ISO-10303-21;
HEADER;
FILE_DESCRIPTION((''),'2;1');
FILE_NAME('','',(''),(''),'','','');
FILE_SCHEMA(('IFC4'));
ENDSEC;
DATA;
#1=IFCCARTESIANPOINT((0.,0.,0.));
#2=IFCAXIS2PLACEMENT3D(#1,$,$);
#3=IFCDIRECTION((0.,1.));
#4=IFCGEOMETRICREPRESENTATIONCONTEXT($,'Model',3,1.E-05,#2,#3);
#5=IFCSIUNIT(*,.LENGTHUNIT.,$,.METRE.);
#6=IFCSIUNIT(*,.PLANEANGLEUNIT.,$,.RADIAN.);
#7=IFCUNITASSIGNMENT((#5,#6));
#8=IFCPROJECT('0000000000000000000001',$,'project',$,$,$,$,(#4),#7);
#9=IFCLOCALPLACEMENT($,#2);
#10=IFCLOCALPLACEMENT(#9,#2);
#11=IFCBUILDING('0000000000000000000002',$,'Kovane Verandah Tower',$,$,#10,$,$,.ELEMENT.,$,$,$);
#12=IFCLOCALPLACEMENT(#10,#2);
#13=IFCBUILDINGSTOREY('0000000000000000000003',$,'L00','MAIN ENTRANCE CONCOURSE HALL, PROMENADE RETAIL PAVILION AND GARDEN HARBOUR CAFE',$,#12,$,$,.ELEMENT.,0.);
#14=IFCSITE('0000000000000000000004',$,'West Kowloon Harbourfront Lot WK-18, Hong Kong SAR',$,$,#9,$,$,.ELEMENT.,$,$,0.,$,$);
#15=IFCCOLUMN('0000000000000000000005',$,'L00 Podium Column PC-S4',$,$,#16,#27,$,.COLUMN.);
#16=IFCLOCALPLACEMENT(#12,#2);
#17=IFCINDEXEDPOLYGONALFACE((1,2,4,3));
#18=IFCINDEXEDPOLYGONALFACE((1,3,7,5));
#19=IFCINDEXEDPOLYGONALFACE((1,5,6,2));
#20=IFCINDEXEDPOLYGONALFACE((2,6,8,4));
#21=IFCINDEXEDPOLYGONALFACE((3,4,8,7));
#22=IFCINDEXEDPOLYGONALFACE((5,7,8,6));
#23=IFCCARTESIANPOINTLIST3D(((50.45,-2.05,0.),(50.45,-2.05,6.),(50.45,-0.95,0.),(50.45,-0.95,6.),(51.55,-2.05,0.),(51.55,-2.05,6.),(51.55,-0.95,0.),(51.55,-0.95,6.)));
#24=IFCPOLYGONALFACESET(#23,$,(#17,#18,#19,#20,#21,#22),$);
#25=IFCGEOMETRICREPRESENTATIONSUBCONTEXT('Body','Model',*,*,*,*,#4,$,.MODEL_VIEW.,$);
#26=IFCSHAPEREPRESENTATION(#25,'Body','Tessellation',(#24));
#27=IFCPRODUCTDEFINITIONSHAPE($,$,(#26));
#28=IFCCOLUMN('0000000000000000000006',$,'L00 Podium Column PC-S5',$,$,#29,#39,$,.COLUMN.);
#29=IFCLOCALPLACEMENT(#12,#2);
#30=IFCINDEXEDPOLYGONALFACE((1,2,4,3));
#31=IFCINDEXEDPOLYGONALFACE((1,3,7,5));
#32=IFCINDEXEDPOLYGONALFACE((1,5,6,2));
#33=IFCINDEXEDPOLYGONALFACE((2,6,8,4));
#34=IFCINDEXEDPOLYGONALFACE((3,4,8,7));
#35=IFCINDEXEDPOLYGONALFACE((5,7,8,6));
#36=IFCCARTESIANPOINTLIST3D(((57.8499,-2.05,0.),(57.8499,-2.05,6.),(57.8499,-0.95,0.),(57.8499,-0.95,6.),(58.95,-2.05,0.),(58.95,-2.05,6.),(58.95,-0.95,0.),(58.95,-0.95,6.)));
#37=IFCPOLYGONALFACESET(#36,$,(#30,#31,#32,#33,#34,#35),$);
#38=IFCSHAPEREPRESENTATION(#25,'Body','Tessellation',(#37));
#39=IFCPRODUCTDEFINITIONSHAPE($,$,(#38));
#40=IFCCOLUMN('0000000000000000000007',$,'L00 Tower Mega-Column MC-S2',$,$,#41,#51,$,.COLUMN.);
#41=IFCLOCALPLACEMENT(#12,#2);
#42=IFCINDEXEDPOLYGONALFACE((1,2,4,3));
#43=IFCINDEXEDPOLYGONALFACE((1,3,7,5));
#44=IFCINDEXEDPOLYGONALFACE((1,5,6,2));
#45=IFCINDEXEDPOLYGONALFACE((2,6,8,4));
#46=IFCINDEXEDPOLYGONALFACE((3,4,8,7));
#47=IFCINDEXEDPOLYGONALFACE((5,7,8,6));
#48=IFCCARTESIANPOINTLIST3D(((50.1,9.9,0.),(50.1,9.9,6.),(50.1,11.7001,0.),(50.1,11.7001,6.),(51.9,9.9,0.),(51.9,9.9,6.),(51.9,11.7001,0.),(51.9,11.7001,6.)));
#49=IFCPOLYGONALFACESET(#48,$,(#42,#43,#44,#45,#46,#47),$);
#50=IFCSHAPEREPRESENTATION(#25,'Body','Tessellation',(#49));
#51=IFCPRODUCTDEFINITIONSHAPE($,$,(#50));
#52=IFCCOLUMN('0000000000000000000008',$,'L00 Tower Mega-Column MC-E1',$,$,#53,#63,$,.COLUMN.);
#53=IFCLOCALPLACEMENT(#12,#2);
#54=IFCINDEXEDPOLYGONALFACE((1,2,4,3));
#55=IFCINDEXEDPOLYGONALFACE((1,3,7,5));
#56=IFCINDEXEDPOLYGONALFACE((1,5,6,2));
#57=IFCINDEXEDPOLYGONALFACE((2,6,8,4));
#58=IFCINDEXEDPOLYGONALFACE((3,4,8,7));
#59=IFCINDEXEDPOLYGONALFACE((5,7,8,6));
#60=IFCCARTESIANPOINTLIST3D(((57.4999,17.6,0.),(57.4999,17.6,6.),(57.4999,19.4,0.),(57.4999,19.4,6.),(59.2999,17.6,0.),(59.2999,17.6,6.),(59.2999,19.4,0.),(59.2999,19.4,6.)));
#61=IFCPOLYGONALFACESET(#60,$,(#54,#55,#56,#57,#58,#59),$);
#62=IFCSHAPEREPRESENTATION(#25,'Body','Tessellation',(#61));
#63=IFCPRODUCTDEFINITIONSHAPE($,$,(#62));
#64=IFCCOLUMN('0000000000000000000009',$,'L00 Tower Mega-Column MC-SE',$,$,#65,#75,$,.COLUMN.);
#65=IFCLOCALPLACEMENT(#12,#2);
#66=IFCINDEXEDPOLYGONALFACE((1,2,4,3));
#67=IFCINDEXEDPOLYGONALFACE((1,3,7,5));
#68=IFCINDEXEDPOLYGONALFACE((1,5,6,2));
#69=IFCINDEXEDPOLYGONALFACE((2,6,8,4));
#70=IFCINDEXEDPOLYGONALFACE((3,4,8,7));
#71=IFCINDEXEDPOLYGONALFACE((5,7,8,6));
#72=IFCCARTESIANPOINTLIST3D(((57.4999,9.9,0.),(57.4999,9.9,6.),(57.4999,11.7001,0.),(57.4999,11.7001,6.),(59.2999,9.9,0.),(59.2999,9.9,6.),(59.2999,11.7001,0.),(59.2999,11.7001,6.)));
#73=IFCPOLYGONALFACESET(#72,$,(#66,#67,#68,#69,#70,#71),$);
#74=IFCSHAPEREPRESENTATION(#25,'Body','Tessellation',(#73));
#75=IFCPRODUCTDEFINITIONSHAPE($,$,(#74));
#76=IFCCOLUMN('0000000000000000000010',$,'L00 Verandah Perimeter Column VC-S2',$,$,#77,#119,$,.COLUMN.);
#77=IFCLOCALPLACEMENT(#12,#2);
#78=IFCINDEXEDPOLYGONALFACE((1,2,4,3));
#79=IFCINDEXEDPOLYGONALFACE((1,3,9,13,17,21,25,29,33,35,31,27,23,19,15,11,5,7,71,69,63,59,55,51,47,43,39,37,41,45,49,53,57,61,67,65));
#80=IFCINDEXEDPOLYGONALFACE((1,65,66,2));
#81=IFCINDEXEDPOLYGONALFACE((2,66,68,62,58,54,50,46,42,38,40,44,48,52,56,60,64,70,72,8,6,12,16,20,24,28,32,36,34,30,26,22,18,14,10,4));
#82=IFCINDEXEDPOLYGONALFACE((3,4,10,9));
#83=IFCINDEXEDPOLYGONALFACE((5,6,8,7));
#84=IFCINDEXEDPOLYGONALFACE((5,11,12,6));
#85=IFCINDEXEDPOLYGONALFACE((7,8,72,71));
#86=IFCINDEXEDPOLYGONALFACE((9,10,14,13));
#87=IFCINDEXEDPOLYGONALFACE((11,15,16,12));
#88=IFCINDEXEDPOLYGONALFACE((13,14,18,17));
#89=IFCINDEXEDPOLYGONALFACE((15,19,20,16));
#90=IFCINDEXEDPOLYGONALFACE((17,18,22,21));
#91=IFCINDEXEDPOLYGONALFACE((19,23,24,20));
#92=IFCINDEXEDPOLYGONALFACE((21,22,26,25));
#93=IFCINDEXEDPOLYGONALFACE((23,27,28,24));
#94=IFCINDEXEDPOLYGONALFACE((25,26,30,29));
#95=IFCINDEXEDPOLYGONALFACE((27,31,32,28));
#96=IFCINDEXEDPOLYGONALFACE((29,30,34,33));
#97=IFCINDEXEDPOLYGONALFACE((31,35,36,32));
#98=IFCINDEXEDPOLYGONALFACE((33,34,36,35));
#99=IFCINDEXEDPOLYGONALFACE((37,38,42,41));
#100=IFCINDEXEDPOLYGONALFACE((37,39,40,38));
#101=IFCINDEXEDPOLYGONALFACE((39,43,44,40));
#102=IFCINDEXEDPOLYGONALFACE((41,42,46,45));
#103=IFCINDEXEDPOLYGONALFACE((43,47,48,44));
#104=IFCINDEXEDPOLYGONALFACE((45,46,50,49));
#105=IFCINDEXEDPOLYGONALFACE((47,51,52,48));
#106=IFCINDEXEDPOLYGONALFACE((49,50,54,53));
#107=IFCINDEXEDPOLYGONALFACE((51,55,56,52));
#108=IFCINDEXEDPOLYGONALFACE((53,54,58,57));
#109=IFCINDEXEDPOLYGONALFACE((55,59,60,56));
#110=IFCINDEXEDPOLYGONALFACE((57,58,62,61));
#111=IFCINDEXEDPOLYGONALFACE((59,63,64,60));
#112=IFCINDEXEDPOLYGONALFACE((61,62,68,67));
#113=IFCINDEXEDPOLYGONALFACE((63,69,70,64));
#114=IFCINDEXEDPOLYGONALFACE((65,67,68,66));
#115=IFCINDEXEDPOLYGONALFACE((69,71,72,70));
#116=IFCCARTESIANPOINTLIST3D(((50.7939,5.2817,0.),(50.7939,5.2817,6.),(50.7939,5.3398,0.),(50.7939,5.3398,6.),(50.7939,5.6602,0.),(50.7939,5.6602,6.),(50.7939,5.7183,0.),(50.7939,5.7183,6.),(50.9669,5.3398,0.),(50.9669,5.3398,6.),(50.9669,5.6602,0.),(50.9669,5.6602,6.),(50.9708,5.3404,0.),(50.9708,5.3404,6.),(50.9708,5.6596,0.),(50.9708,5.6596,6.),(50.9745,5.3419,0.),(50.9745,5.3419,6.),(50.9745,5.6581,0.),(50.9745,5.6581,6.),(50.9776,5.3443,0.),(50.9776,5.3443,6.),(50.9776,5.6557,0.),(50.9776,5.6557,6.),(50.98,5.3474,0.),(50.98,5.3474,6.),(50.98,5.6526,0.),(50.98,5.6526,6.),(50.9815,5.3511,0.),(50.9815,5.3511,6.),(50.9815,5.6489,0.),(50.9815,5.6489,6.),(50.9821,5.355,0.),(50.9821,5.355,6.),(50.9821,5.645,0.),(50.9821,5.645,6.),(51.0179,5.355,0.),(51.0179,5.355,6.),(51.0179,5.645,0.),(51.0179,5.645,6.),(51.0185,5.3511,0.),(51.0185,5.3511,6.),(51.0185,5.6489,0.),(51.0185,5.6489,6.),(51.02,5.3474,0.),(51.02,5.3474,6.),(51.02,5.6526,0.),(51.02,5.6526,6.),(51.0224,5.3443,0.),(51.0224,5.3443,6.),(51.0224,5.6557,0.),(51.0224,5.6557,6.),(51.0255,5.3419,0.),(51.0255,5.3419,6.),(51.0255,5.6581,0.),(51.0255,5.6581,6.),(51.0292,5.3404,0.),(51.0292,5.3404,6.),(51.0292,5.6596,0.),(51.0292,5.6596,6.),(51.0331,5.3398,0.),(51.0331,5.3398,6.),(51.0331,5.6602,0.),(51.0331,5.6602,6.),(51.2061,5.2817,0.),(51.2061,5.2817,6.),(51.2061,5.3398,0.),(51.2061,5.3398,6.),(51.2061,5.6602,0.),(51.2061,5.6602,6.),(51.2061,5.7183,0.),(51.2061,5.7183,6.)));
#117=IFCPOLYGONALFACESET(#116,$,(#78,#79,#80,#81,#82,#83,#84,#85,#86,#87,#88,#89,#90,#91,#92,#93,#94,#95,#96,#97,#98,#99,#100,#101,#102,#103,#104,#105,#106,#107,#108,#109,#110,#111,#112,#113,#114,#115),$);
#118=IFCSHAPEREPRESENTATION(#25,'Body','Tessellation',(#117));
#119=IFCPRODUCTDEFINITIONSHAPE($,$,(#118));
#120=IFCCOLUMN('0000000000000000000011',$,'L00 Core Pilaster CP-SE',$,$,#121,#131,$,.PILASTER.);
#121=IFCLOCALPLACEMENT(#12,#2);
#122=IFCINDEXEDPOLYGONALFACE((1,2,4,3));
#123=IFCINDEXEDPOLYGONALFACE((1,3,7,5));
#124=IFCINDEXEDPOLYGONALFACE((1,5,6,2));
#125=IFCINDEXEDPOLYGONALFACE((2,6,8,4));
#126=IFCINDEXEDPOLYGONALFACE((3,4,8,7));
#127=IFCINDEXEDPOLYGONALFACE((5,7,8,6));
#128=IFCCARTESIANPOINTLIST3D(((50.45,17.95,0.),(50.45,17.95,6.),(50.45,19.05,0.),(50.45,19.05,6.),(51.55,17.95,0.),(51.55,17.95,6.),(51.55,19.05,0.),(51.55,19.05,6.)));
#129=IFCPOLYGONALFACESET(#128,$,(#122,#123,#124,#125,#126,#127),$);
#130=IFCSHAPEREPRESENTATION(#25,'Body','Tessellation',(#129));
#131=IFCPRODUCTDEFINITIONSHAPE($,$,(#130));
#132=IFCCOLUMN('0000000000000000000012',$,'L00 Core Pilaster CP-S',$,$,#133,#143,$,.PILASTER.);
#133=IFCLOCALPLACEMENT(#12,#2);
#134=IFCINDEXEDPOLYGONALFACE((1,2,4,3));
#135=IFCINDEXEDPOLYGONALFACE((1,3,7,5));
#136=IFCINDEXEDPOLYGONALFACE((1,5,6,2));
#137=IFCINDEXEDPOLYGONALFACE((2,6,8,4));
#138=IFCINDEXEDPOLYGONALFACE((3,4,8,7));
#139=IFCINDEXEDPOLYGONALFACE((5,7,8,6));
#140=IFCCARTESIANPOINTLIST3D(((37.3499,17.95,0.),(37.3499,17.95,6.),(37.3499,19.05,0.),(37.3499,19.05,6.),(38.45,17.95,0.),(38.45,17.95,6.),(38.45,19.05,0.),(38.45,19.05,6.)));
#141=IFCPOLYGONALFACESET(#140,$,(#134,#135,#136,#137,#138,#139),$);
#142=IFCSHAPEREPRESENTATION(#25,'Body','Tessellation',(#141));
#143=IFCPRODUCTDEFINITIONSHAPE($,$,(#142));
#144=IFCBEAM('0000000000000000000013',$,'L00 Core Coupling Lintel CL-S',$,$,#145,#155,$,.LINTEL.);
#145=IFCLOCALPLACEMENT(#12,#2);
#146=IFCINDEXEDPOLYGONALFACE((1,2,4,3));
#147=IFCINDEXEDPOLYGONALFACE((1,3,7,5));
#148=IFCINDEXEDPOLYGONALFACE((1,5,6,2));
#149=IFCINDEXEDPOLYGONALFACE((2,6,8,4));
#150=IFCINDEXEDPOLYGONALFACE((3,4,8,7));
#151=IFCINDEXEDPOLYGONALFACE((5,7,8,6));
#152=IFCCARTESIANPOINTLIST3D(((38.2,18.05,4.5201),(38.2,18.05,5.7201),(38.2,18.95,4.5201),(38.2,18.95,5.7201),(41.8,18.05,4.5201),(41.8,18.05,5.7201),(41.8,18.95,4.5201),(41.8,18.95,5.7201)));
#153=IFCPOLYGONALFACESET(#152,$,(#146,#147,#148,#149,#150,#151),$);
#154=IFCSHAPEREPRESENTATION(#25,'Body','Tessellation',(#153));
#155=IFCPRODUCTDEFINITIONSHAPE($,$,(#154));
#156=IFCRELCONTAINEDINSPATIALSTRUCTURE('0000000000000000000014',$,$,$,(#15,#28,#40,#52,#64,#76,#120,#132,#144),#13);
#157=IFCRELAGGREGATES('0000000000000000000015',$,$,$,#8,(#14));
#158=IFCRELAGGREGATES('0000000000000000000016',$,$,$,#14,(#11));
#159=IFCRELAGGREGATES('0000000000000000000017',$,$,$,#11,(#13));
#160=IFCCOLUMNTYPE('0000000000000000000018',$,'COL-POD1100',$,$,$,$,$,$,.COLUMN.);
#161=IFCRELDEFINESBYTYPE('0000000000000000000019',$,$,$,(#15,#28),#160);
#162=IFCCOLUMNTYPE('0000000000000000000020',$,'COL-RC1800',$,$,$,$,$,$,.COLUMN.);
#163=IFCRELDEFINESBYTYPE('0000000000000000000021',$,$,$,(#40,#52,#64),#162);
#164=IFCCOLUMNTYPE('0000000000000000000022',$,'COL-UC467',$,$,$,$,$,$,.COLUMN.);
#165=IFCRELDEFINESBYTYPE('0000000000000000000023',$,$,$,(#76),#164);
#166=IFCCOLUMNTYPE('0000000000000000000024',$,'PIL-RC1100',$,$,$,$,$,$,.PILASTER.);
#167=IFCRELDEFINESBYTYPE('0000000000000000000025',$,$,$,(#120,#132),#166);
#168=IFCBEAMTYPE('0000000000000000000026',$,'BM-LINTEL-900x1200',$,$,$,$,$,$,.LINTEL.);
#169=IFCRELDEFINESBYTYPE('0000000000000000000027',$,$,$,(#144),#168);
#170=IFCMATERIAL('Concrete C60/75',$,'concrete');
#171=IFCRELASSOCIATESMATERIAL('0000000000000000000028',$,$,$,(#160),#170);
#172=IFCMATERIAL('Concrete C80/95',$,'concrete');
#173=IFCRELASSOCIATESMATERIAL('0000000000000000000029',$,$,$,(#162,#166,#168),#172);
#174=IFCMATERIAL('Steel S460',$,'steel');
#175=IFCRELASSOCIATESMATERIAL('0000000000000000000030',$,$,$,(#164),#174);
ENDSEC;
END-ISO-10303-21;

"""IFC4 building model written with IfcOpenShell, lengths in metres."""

from ifc_helpers import new_model, si_unit, direction, frame, origin, origin_2d, place, context, subcontext, project, spatial, rectangle, i_section, extrude, material, material_profile, profile_set, type_object, element, save


model = new_model("IFC4")

# Units and contexts
model_context = context("Model", 3, precision=1e-05, world=origin(), true_north=direction((0.0, 1.0)))
body_context = subcontext(model_context, "Body", "Model", "MODEL_VIEW")
ifc_project = project(units=[si_unit("LENGTHUNIT", "METRE"), si_unit("PLANEANGLEUNIT", "RADIAN")], contexts=[model_context])

# Site, building, storey
site_placement = place(None, origin())
site = spatial("IfcSite", under=ifc_project, at=site_placement, Name="West Kowloon Harbourfront Lot WK-18, Hong Kong SAR", CompositionType="ELEMENT", RefElevation=0.0)
building_placement = place(site_placement, origin())
building = spatial("IfcBuilding", under=site, at=building_placement, Name="Kovane Verandah Tower", CompositionType="ELEMENT")
storey_placement = place(building_placement, origin())
storey = spatial("IfcBuildingStorey", under=building, at=storey_placement, Name="L00", Description="MAIN ENTRANCE CONCOURSE HALL, PROMENADE RETAIL PAVILION AND GARDEN HARBOUR CAFE", CompositionType="ELEMENT", Elevation=0.0)

# Columns
ifc_material_1 = material(Name="Concrete C60/75", Category="concrete")
ifc_material_profile_1 = material_profile(ifc_material_1, rectangle(XDim=1.1001, YDim=1.1001, at=origin_2d()), Name="RC1100x1100")
ifc_profile_set_1 = profile_set([ifc_material_profile_1], Name="Concrete C60/75")
column_type_1 = type_object("IfcColumnType", Name="COL-POD1100", PredefinedType="COLUMN", material=ifc_profile_set_1)
for number, where, z_axis, x_axis, name in (
    (1, (51.0, -1.5, 0.0), (0.0, 0.0, 1.0), (1.0, 0.0, 0.0), "L00 Podium Column PC-S4"),
    (2, (58.3999, -1.5, 0.0), (0.0, 0.0, 1.0), (1.0, 0.0, 0.0), "L00 Podium Column PC-S5"),
):
    element("IfcColumn", number, at=place(storey_placement, frame(where, z_axis=z_axis, x_axis=x_axis)), inside=storey, type_object=column_type_1, Name=name, PredefinedType="COLUMN", context=body_context, shape_type="SweptSolid", body=[
        extrude(rectangle(XDim=1.1001, YDim=1.1001, at=origin_2d()), origin(), (0.0, 0.0, 1.0), 6.0),
    ])
ifc_material_2 = material(Name="Concrete C80/95", Category="concrete")
ifc_material_profile_2 = material_profile(ifc_material_2, rectangle(XDim=1.8, YDim=1.8, at=origin_2d()), Name="RC1800x1800")
ifc_profile_set_2 = profile_set([ifc_material_profile_2], Name="Concrete C80/95")
column_type_2 = type_object("IfcColumnType", Name="COL-RC1800", PredefinedType="COLUMN", material=ifc_profile_set_2)
for number, where, z_axis, x_axis, name in (
    (3, (51.0, 10.8, 0.0), (0.0, 0.0, 1.0), (1.0, 0.0, 0.0), "L00 Tower Mega-Column MC-S2"),
    (4, (58.3999, 18.5, 0.0), (0.0, 0.0, 1.0), (1.0, 0.0, 0.0), "L00 Tower Mega-Column MC-E1"),
    (5, (58.3999, 10.8, 0.0), (0.0, 0.0, 1.0), (1.0, 0.0, 0.0), "L00 Tower Mega-Column MC-SE"),
):
    element("IfcColumn", number, at=place(storey_placement, frame(where, z_axis=z_axis, x_axis=x_axis)), inside=storey, type_object=column_type_2, Name=name, PredefinedType="COLUMN", context=body_context, shape_type="SweptSolid", body=[
        extrude(rectangle(XDim=1.8, YDim=1.8, at=origin_2d()), origin(), (0.0, 0.0, 1.0), 6.0),
    ])
ifc_material_3 = material(Name="Steel S460", Category="steel")
ifc_material_profile_3 = material_profile(ifc_material_3, i_section(OverallWidth=0.4121, OverallDepth=0.4365, WebThickness=0.0359, FlangeThickness=0.0581, FilletRadius=0.0151, at=origin_2d()), Name="UC356x406x467")
ifc_profile_set_3 = profile_set([ifc_material_profile_3], Name="Steel S460")
column_type_3 = type_object("IfcColumnType", Name="COL-UC467", PredefinedType="COLUMN", material=ifc_profile_set_3)
column_placement = place(storey_placement, frame((51.0, 5.5, 0.0), z_axis=(0.0, 0.0, 1.0), x_axis=(1.0, 0.0, 0.0)))
element("IfcColumn", 6, at=column_placement, inside=storey, type_object=column_type_3, Name="L00 Verandah Perimeter Column VC-S2", PredefinedType="COLUMN", context=body_context, shape_type="SweptSolid", body=[
    extrude(i_section(OverallWidth=0.4121, OverallDepth=0.4365, WebThickness=0.0359, FlangeThickness=0.0581, FilletRadius=0.0151, at=origin_2d()), origin(), (0.0, 0.0, 1.0), 6.0),
])
ifc_material_profile_4 = material_profile(ifc_material_2, rectangle(XDim=1.1001, YDim=1.1001, at=origin_2d()), Name="RC1100x1100")
ifc_profile_set_4 = profile_set([ifc_material_profile_4], Name="Concrete C80/95")
column_type_4 = type_object("IfcColumnType", Name="PIL-RC1100", PredefinedType="PILASTER", material=ifc_profile_set_4)
for number, where, z_axis, x_axis, name in (
    (7, (51.0, 18.5, 0.0), (0.0, 0.0, 1.0), (1.0, 0.0, 0.0), "L00 Core Pilaster CP-SE"),
    (8, (37.8999, 18.5, 0.0), (0.0, 0.0, 1.0), (1.0, 0.0, 0.0), "L00 Core Pilaster CP-S"),
):
    element("IfcColumn", number, at=place(storey_placement, frame(where, z_axis=z_axis, x_axis=x_axis)), inside=storey, type_object=column_type_4, Name=name, PredefinedType="PILASTER", context=body_context, shape_type="SweptSolid", body=[
        extrude(rectangle(XDim=1.1001, YDim=1.1001, at=origin_2d()), origin(), (0.0, 0.0, 1.0), 6.0),
    ])

# Beam
ifc_material_profile_5 = material_profile(ifc_material_2, rectangle(XDim=0.8999, YDim=1.2, at=origin_2d()), Name="RCB900x1200")
ifc_profile_set_5 = profile_set([ifc_material_profile_5], Name="Concrete C80/95")
beam_type_1 = type_object("IfcBeamType", Name="BM-LINTEL-900x1200", PredefinedType="LINTEL", material=ifc_profile_set_5)
beam_1_placement = place(storey_placement, frame((38.2, 18.5, 5.1201), z_axis=(1.0, 0.0, 0.0), x_axis=(0.0, 1.0, 0.0)))
element("IfcBeam", 9, at=beam_1_placement, inside=storey, type_object=beam_type_1, Name="L00 Core Coupling Lintel CL-S", PredefinedType="LINTEL", context=body_context, shape_type="SweptSolid", body=[
    extrude(rectangle(XDim=0.8999, YDim=1.2, at=origin_2d()), origin(), (0.0, 0.0, 1.0), 3.6001),
])

save(model, "model.ifc")
